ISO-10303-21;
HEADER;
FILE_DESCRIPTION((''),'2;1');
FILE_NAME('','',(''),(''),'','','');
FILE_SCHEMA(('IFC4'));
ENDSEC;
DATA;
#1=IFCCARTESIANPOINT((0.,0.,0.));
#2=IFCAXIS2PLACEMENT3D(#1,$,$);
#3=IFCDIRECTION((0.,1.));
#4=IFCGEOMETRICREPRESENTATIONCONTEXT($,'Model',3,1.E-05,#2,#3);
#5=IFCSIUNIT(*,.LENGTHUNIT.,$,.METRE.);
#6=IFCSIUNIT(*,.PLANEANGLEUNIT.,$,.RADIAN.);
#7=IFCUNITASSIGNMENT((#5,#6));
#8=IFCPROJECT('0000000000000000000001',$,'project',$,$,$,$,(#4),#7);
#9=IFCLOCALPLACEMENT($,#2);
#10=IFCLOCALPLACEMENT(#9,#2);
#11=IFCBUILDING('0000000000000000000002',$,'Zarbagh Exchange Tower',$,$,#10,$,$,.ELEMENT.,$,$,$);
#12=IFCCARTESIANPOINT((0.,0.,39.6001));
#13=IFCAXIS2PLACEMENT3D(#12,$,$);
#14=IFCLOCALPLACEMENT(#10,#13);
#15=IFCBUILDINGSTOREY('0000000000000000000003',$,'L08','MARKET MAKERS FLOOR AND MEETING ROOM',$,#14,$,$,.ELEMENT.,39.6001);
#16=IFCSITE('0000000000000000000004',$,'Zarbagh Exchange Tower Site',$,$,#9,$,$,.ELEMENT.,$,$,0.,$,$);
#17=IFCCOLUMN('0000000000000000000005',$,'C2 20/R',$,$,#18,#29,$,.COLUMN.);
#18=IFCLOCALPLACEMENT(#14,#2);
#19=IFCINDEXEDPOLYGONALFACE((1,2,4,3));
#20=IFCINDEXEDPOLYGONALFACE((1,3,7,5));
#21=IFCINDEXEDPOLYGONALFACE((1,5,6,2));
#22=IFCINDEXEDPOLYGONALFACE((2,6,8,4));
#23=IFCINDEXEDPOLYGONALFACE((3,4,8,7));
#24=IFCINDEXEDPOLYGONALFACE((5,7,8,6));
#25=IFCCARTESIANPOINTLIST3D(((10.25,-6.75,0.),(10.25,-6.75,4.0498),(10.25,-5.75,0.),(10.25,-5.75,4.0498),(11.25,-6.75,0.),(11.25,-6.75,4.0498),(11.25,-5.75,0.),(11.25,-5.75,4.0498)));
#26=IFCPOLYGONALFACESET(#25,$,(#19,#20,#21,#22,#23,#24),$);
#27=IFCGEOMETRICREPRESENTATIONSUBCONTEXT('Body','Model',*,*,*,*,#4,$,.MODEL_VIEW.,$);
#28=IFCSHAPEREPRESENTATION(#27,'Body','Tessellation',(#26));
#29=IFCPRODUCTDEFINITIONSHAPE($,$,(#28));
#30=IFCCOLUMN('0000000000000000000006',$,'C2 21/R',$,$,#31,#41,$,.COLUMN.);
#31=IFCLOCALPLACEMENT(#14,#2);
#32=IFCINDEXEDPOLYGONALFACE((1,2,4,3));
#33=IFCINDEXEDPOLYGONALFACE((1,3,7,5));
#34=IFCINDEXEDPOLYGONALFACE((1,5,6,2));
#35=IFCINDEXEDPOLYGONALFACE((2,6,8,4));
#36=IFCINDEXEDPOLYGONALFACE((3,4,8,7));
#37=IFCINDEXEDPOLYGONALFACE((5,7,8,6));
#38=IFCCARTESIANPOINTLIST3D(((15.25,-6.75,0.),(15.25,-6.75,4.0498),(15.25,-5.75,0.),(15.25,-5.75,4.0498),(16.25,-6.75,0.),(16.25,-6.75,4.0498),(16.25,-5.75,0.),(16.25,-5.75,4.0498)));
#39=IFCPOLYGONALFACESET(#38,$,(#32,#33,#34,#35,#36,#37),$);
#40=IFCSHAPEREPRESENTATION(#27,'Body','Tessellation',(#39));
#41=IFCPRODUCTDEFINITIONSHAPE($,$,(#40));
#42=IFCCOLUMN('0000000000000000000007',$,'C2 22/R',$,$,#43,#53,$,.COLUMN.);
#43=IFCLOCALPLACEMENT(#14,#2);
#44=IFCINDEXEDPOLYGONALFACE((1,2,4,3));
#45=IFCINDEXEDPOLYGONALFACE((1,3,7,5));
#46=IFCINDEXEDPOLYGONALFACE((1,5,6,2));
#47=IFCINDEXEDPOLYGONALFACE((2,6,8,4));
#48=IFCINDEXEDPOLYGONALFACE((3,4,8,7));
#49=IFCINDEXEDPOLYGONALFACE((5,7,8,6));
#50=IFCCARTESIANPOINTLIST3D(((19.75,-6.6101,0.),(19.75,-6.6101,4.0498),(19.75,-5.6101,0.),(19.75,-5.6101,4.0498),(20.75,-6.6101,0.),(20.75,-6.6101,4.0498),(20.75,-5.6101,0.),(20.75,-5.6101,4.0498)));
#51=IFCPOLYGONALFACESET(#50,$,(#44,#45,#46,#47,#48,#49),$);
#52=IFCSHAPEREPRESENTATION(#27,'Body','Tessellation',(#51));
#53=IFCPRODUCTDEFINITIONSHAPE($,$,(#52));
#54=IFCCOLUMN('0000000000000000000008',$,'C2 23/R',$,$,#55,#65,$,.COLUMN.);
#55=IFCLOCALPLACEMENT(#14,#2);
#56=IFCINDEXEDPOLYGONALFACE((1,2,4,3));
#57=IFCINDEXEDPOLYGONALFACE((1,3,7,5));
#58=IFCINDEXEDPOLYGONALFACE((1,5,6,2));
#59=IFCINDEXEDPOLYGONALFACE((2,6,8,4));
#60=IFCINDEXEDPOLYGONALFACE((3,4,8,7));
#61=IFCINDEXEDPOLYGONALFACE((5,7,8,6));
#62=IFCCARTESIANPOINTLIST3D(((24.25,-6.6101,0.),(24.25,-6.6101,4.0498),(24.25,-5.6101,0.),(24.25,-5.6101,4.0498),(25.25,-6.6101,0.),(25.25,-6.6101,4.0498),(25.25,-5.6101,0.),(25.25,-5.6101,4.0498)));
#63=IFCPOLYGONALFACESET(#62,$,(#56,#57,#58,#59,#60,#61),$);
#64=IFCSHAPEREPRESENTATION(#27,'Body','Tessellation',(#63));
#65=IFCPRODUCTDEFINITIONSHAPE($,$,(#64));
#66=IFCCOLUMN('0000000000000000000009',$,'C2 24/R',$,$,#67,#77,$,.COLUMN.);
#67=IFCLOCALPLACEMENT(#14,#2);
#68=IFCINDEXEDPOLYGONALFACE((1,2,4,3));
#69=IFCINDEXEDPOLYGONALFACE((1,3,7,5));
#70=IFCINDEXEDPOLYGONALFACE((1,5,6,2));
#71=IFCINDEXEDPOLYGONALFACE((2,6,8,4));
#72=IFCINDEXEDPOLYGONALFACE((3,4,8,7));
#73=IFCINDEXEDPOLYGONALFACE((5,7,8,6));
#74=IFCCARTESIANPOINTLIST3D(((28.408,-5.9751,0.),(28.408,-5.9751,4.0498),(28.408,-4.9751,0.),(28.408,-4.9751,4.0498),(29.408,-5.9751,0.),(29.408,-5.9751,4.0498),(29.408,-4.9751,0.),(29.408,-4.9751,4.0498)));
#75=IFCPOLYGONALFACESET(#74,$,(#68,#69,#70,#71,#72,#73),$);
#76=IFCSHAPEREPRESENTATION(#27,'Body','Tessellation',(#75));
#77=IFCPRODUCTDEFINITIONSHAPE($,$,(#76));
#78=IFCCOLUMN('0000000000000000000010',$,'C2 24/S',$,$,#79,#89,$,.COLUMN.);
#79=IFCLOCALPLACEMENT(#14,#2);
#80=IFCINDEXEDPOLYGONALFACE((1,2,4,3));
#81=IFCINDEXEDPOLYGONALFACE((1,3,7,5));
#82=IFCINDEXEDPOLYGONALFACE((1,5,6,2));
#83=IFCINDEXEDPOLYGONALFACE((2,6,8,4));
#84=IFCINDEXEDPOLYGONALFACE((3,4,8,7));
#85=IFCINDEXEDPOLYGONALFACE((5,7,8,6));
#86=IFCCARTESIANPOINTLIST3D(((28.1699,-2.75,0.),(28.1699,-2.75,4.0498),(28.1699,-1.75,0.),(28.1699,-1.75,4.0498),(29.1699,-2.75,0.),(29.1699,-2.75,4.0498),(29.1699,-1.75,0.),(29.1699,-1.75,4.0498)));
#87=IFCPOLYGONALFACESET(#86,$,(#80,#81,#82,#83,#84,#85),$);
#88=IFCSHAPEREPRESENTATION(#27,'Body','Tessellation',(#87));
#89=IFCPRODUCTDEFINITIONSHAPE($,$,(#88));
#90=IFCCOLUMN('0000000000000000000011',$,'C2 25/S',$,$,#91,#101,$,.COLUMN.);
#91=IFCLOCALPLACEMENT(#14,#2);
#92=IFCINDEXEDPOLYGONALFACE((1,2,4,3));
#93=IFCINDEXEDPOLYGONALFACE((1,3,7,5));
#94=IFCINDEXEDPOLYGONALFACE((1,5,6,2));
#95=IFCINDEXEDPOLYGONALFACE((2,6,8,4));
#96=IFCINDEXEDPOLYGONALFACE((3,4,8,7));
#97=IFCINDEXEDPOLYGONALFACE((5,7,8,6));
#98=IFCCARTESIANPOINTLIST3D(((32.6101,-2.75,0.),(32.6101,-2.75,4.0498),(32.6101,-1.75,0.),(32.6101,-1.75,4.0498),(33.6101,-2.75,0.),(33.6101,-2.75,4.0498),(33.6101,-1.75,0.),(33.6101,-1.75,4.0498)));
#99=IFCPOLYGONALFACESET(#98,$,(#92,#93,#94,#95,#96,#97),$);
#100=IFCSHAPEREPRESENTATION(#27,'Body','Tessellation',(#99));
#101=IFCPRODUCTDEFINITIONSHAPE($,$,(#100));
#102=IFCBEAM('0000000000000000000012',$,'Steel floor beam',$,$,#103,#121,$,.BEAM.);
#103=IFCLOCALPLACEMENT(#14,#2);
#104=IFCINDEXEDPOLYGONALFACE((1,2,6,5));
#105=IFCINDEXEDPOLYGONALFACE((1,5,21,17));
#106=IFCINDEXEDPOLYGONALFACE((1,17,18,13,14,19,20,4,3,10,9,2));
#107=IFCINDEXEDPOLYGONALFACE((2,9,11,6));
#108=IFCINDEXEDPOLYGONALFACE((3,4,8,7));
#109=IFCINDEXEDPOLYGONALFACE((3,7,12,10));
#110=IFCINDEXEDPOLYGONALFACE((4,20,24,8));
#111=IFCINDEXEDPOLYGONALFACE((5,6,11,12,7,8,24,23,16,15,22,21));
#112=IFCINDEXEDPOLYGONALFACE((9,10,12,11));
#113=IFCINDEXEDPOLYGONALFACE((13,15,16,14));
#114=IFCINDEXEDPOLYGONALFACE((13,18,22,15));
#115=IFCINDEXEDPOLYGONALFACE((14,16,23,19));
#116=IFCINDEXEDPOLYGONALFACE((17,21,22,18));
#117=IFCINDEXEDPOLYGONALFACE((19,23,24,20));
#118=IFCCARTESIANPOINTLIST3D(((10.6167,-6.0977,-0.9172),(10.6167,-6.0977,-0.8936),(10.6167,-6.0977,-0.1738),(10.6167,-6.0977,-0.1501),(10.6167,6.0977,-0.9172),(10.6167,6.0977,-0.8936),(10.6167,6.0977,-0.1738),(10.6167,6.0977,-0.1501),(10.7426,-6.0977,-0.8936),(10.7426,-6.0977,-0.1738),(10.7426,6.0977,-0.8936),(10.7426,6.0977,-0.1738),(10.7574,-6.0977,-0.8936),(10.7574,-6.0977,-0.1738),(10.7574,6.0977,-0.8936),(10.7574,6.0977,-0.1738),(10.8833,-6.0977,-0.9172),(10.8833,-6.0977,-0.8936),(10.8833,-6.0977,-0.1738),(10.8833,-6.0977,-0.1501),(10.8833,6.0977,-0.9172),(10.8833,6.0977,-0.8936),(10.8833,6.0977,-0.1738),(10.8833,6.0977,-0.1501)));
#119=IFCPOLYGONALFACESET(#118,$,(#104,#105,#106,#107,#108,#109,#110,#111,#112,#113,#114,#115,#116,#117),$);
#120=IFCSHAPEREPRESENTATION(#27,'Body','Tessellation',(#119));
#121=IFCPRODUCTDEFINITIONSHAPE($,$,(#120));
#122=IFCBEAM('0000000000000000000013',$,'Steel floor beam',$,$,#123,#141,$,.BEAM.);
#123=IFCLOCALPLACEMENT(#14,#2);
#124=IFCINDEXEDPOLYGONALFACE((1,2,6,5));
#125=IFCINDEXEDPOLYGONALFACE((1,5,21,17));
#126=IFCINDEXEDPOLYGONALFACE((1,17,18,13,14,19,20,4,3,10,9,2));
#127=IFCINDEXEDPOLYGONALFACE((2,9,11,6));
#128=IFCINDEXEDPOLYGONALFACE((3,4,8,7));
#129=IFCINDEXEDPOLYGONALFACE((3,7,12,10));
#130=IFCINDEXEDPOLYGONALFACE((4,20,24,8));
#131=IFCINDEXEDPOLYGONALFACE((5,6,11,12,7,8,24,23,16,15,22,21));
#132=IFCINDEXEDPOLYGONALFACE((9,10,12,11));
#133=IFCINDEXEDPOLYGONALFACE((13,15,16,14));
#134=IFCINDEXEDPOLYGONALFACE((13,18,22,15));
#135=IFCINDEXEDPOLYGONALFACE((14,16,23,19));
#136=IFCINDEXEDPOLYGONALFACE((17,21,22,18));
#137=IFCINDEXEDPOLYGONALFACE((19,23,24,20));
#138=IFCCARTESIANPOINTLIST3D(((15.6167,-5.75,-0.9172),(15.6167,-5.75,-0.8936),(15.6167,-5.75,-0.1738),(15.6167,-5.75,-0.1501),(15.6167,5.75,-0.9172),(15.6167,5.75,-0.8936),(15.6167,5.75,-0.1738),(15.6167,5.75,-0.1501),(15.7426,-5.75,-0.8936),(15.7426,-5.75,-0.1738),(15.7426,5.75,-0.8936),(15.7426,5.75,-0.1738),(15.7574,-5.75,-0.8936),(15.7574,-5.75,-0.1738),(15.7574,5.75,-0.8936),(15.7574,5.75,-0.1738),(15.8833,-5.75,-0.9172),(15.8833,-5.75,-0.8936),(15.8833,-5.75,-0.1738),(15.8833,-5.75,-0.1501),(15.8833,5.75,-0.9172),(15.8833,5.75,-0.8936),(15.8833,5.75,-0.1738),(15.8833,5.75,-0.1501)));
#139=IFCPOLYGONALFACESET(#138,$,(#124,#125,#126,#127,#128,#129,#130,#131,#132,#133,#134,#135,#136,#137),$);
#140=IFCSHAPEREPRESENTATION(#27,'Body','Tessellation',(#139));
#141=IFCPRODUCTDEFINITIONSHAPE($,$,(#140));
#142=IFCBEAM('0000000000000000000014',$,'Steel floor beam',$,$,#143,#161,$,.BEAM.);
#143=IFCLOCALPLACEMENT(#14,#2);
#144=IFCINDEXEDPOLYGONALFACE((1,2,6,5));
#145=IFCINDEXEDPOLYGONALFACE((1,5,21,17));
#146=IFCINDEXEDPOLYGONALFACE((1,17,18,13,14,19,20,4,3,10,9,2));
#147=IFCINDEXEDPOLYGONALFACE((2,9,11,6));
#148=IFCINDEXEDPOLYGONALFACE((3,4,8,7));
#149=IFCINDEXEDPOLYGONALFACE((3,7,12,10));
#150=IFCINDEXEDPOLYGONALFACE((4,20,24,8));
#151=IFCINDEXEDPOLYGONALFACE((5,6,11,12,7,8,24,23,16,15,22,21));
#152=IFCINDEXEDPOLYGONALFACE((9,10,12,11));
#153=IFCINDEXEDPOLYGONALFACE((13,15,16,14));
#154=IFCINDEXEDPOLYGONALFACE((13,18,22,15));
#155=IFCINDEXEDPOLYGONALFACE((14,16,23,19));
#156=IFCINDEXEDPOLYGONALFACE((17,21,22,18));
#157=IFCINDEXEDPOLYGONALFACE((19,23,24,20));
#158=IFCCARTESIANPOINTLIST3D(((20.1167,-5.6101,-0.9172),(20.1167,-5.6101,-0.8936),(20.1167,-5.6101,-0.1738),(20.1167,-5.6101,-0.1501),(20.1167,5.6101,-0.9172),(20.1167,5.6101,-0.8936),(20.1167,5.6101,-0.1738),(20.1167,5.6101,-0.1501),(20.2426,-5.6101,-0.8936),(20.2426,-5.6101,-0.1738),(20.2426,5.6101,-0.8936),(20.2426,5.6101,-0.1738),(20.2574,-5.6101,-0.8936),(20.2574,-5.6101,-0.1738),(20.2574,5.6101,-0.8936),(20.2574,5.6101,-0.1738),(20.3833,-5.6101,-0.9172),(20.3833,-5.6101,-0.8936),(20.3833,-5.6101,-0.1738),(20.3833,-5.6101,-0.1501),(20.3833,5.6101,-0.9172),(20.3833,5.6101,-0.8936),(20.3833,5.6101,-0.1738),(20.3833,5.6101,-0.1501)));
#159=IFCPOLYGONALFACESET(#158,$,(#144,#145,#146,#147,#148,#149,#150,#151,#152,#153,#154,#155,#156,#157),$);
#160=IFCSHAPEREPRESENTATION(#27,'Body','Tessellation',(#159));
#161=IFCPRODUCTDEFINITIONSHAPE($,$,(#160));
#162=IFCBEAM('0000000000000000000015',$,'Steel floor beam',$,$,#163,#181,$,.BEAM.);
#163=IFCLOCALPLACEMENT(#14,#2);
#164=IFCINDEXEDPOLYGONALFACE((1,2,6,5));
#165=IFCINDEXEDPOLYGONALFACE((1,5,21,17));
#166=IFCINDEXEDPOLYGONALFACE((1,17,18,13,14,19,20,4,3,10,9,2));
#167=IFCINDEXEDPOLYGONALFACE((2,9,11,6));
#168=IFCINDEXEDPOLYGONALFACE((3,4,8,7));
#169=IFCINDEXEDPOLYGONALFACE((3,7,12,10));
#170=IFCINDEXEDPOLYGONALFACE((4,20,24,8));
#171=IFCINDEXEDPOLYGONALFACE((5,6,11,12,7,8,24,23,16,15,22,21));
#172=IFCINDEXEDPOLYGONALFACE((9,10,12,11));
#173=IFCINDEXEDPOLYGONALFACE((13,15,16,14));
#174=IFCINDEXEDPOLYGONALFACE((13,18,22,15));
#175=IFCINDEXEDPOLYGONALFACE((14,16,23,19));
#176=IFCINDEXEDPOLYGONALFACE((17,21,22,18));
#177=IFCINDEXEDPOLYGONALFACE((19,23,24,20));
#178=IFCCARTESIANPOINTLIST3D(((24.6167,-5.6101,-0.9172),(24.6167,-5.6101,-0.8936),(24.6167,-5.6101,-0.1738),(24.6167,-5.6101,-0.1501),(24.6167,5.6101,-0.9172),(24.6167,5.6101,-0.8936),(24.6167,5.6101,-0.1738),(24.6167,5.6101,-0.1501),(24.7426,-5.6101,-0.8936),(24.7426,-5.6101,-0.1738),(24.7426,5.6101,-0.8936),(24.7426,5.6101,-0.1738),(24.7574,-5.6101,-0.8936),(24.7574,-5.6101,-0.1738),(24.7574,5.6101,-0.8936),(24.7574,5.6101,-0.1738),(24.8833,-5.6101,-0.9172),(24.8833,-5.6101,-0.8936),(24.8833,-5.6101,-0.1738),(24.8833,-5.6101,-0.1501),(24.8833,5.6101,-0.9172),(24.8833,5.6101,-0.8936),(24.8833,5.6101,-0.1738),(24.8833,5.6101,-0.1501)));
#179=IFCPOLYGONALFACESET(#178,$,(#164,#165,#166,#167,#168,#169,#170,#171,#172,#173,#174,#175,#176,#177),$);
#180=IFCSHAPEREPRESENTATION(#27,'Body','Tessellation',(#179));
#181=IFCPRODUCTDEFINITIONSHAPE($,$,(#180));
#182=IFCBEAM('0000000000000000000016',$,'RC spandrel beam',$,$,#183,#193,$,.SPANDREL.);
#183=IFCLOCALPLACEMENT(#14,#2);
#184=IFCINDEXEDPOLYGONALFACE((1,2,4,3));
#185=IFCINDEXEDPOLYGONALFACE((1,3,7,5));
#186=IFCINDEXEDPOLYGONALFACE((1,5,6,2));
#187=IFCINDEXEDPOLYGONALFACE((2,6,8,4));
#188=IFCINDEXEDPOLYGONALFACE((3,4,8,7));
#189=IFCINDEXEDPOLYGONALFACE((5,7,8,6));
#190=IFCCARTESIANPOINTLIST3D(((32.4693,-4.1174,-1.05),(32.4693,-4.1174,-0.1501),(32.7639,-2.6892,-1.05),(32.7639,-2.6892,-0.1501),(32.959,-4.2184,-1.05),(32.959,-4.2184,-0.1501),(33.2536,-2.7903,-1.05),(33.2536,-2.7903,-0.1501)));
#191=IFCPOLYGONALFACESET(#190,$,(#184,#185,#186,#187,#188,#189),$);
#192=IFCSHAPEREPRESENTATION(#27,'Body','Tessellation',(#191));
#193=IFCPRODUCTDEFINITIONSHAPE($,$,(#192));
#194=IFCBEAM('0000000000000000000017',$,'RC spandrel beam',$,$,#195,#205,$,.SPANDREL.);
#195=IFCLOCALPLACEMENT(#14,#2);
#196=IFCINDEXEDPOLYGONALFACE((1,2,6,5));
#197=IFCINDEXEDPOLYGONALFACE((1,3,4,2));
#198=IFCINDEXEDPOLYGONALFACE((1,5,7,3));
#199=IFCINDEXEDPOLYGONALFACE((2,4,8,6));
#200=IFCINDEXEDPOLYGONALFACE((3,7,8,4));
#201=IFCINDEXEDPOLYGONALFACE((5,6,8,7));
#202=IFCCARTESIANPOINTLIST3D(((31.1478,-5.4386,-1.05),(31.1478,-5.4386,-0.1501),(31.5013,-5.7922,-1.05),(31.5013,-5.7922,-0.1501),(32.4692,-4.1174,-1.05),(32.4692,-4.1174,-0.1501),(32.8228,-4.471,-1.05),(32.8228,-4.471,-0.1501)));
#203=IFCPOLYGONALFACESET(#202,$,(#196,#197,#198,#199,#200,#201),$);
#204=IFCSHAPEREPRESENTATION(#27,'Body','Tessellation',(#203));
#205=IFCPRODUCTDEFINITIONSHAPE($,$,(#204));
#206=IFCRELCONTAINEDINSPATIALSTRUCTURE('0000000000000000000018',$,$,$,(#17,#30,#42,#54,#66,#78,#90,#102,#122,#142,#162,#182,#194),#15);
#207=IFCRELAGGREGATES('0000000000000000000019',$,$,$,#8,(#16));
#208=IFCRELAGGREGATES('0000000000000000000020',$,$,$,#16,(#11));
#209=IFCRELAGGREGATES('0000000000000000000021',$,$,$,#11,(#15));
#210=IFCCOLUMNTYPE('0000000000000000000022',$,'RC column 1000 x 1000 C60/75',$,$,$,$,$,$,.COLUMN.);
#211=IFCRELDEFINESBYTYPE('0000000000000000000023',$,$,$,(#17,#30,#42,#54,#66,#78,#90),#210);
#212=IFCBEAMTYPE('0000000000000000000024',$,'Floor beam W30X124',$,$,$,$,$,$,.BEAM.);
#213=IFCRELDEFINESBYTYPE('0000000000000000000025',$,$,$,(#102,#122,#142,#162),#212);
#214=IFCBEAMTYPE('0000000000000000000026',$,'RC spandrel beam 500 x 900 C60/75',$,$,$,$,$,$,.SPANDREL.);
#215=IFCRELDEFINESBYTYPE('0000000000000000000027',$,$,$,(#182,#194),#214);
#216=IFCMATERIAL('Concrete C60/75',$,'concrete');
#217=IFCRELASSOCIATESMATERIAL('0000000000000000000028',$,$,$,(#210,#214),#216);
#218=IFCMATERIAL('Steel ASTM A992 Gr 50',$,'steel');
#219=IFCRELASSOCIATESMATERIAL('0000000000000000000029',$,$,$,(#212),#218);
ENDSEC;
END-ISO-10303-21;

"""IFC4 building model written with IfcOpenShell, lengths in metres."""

from ifc_helpers import new_model, si_unit, direction, frame, origin, origin_2d, place, context, subcontext, project, spatial, rectangle, i_section, extrude, material, material_profile, profile_set, type_object, element, save


model = new_model("IFC4")

# Units and contexts
model_context = context("Model", 3, precision=1e-05, world=origin(), true_north=direction((0.0, 1.0)))
body_context = subcontext(model_context, "Body", "Model", "MODEL_VIEW")
ifc_project = project(units=[si_unit("LENGTHUNIT", "METRE"), si_unit("PLANEANGLEUNIT", "RADIAN")], contexts=[model_context])

# Site, building, storey
site_placement = place(None, origin())
site = spatial("IfcSite", under=ifc_project, at=site_placement, Name="Zarbagh Exchange Tower Site", CompositionType="ELEMENT", RefElevation=0.0)
building_placement = place(site_placement, origin())
building = spatial("IfcBuilding", under=site, at=building_placement, Name="Zarbagh Exchange Tower", CompositionType="ELEMENT")
storey_placement = place(building_placement, frame((0.0, 0.0, 39.6001)))
storey = spatial("IfcBuildingStorey", under=building, at=storey_placement, Name="L08", Description="MARKET MAKERS FLOOR AND MEETING ROOM", CompositionType="ELEMENT", Elevation=39.6001)

# Columns
ifc_material_1 = material(Name="Concrete C60/75", Category="concrete")
ifc_material_profile_1 = material_profile(ifc_material_1, rectangle(XDim=1.0, YDim=1.0, at=origin_2d()), Name="RC column 1000 x 1000 C60/75")
ifc_profile_set_1 = profile_set([ifc_material_profile_1], Name="Concrete C60/75")
column_type = type_object("IfcColumnType", Name="RC column 1000 x 1000 C60/75", PredefinedType="COLUMN", material=ifc_profile_set_1)
for number, where, z_axis, x_axis, name in (
    (1, (10.75, -6.25, 0.0), (0.0, 0.0, 1.0), (1.0, 0.0, 0.0), "C2 20/R"),
    (2, (15.75, -6.25, 0.0), (0.0, 0.0, 1.0), (1.0, 0.0, 0.0), "C2 21/R"),
    (3, (20.25, -6.1101, 0.0), (0.0, 0.0, 1.0), (1.0, 0.0, 0.0), "C2 22/R"),
    (4, (24.75, -6.1101, 0.0), (0.0, 0.0, 1.0), (1.0, 0.0, 0.0), "C2 23/R"),
    (5, (28.908, -5.4751, 0.0), (0.0, 0.0, 1.0), (1.0, 0.0, 0.0), "C2 24/R"),
    (6, (28.6699, -2.25, 0.0), (0.0, 0.0, 1.0), (1.0, 0.0, 0.0), "C2 24/S"),
    (7, (33.1101, -2.25, 0.0), (0.0, 0.0, 1.0), (1.0, 0.0, 0.0), "C2 25/S"),
):
    element("IfcColumn", number, at=place(storey_placement, frame(where, z_axis=z_axis, x_axis=x_axis)), inside=storey, type_object=column_type, Name=name, PredefinedType="COLUMN", context=body_context, shape_type="SweptSolid", body=[
        extrude(rectangle(XDim=1.0, YDim=1.0, at=origin_2d()), origin(), (0.0, 0.0, 1.0), 4.0498),
    ])

# Beams
ifc_material_2 = material(Name="Steel ASTM A992 Gr 50", Category="steel")
ifc_material_profile_2 = material_profile(ifc_material_2, i_section(OverallWidth=0.2666, OverallDepth=0.7671, WebThickness=0.0149, FlangeThickness=0.0237, at=origin_2d()), Name="W30X124")
ifc_profile_set_2 = profile_set([ifc_material_profile_2], Name="Steel ASTM A992 Gr 50")
beam_type_1 = type_object("IfcBeamType", Name="Floor beam W30X124", PredefinedType="BEAM", material=ifc_profile_set_2)
beam_1_placement = place(storey_placement, frame((10.75, -6.0977, -0.5337), z_axis=(0.0, 1.0, 0.0), x_axis=(-1.0, 0.0, 0.0)))
element("IfcBeam", 8, at=beam_1_placement, inside=storey, type_object=beam_type_1, Name="Steel floor beam", PredefinedType="BEAM", context=body_context, shape_type="SweptSolid", body=[
    extrude(i_section(OverallWidth=0.2666, OverallDepth=0.7671, WebThickness=0.0149, FlangeThickness=0.0237, at=origin_2d()), origin(), (0.0, 0.0, 1.0), 12.1953),
])
beam_2_placement = place(storey_placement, frame((15.75, -5.75, -0.5337), z_axis=(0.0, 1.0, 0.0), x_axis=(-1.0, 0.0, 0.0)))
element("IfcBeam", 9, at=beam_2_placement, inside=storey, type_object=beam_type_1, Name="Steel floor beam", PredefinedType="BEAM", context=body_context, shape_type="SweptSolid", body=[
    extrude(i_section(OverallWidth=0.2666, OverallDepth=0.7671, WebThickness=0.0149, FlangeThickness=0.0237, at=origin_2d()), origin(), (0.0, 0.0, 1.0), 11.5),
])
for number, where, z_axis, x_axis, name in (
    (10, (20.25, -5.6101, -0.5337), (0.0, 1.0, 0.0), (-1.0, 0.0, 0.0), "Steel floor beam"),
    (11, (24.75, -5.6101, -0.5337), (0.0, 1.0, 0.0), (-1.0, 0.0, 0.0), "Steel floor beam"),
):
    element("IfcBeam", number, at=place(storey_placement, frame(where, z_axis=z_axis, x_axis=x_axis)), inside=storey, type_object=beam_type_1, Name=name, PredefinedType="BEAM", context=body_context, shape_type="SweptSolid", body=[
        extrude(i_section(OverallWidth=0.2666, OverallDepth=0.7671, WebThickness=0.0149, FlangeThickness=0.0237, at=origin_2d()), origin(), (0.0, 0.0, 1.0), 11.2202),
    ])
ifc_material_profile_3 = material_profile(ifc_material_1, rectangle(XDim=0.5, YDim=0.8999, at=origin_2d()), Name="RC spandrel beam 500 x 900 C60/75")
ifc_profile_set_3 = profile_set([ifc_material_profile_3], Name="Concrete C60/75")
beam_type_2 = type_object("IfcBeamType", Name="RC spandrel beam 500 x 900 C60/75", PredefinedType="SPANDREL", material=ifc_profile_set_3)
beam_3_placement = place(storey_placement, frame((33.0088, -2.7397, -0.6001), z_axis=(-0.202069, -0.979371, 0.0), x_axis=(0.979371, -0.202069, 0.0)))
element("IfcBeam", 12, at=beam_3_placement, inside=storey, type_object=beam_type_2, Name="RC spandrel beam", PredefinedType="SPANDREL", context=body_context, shape_type="SweptSolid", body=[
    extrude(rectangle(XDim=0.5, YDim=0.8999, at=origin_2d()), origin(), (0.0, 0.0, 1.0), 1.4583),
])
beam_4_placement = place(storey_placement, frame((32.646, -4.2942, -0.6001), z_axis=(-0.707172, -0.707041, 0.0), x_axis=(0.707041, -0.707172, 0.0)))
element("IfcBeam", 13, at=beam_4_placement, inside=storey, type_object=beam_type_2, Name="RC spandrel beam", PredefinedType="SPANDREL", context=body_context, shape_type="SweptSolid", body=[
    extrude(rectangle(XDim=0.5, YDim=0.8999, at=origin_2d()), origin(), (0.0, 0.0, 1.0), 1.8687),
])

save(model, "model.ifc")
